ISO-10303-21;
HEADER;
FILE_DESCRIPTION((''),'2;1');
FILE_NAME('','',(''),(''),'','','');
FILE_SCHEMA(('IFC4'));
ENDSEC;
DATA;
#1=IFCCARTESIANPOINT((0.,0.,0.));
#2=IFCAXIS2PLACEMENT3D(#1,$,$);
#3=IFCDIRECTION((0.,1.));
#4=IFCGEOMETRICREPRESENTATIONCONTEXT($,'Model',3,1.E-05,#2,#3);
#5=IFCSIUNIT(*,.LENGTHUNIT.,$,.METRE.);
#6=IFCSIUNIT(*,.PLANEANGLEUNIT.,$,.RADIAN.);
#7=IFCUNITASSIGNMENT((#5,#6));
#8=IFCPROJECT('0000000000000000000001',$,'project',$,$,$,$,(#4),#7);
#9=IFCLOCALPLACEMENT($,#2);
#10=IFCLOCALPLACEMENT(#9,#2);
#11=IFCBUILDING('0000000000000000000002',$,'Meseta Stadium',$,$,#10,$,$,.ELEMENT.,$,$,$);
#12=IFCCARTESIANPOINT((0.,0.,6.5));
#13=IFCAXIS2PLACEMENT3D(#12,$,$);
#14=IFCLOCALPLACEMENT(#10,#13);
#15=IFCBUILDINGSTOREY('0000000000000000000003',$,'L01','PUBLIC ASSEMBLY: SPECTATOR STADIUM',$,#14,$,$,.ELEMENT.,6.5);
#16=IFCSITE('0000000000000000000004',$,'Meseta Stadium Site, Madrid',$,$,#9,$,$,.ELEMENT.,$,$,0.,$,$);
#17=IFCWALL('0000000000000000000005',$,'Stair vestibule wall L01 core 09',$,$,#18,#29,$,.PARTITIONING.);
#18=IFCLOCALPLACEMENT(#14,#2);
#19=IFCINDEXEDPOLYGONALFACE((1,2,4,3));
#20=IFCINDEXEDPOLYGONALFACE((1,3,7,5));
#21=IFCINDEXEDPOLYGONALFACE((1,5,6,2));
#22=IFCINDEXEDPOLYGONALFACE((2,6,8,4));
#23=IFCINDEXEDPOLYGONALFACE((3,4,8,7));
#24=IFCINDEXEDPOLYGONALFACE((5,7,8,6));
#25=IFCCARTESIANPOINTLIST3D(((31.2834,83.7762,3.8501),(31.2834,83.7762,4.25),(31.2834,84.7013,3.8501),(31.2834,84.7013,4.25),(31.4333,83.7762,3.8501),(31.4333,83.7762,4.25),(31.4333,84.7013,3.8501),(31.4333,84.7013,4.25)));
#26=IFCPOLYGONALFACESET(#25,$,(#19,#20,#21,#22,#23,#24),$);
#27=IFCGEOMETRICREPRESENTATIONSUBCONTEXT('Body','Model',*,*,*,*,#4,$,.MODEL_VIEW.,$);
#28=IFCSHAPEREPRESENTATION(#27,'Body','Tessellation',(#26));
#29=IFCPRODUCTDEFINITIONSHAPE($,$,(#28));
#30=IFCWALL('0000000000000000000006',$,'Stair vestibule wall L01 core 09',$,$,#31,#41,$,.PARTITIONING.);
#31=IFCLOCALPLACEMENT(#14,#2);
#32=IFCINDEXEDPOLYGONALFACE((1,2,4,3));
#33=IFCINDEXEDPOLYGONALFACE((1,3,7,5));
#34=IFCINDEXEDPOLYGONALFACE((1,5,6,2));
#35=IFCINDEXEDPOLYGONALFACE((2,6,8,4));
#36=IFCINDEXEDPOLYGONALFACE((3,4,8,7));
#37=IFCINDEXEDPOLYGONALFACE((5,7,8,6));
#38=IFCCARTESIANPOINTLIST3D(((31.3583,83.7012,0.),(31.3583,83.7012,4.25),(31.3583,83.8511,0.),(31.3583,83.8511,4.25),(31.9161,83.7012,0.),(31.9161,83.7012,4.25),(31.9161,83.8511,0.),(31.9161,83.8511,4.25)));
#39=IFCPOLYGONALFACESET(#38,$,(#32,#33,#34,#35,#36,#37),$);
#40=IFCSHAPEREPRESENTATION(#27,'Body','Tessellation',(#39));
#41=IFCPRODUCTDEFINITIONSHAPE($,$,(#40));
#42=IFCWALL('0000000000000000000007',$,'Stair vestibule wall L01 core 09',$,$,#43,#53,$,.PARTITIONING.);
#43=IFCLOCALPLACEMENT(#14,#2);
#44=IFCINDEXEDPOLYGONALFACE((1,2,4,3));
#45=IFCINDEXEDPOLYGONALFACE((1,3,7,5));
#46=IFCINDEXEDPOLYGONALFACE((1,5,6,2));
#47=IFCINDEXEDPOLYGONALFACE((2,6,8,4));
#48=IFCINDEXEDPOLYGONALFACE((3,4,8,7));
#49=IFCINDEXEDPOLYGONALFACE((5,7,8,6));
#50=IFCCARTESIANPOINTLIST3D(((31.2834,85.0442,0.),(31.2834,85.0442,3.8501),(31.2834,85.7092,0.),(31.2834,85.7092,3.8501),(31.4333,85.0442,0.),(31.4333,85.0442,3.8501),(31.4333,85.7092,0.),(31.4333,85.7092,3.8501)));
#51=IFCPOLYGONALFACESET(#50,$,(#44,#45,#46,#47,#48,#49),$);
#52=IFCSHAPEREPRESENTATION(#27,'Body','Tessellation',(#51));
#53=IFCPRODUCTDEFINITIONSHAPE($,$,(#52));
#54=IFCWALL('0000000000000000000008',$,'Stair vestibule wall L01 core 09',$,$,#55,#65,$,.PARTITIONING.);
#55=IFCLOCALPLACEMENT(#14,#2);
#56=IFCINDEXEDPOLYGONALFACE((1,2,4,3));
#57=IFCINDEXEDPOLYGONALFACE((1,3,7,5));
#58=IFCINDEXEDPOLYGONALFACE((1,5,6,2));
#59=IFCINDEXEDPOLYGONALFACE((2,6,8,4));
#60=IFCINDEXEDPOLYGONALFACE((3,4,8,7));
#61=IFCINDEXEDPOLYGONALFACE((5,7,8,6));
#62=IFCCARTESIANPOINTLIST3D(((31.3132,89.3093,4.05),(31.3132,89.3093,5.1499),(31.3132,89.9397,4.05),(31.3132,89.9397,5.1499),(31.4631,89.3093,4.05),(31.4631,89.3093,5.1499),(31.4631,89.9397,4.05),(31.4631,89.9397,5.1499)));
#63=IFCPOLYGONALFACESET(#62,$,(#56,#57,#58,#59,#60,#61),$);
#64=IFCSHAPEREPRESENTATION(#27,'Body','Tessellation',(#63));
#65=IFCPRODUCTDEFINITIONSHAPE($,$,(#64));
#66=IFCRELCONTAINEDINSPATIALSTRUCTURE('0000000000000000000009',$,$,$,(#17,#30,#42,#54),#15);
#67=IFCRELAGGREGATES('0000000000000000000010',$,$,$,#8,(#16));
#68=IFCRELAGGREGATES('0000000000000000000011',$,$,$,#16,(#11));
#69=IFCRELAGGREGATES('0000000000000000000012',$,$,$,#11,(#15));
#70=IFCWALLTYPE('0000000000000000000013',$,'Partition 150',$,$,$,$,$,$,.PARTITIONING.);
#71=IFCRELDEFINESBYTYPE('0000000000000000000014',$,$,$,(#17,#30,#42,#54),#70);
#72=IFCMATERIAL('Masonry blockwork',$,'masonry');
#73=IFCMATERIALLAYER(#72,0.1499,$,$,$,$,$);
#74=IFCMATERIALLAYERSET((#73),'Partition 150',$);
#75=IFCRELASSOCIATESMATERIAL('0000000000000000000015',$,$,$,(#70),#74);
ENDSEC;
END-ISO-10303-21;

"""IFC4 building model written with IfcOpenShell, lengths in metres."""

from ifc_helpers import new_model, si_unit, direction, frame, frame_2d, origin, place, context, subcontext, project, spatial, rectangle, extrude, material, layer, layer_set, type_object, element, save


model = new_model("IFC4")

# Units and contexts
model_context = context("Model", 3, precision=1e-05, world=origin(), true_north=direction((0.0, 1.0)))
body_context = subcontext(model_context, "Body", "Model", "MODEL_VIEW")
ifc_project = project(units=[si_unit("LENGTHUNIT", "METRE"), si_unit("PLANEANGLEUNIT", "RADIAN")], contexts=[model_context])

# Site, building, storey
site_placement = place(None, origin())
site = spatial("IfcSite", under=ifc_project, at=site_placement, Name="Meseta Stadium Site, Madrid", CompositionType="ELEMENT", RefElevation=0.0)
building_placement = place(site_placement, origin())
building = spatial("IfcBuilding", under=site, at=building_placement, Name="Meseta Stadium", CompositionType="ELEMENT")
storey_placement = place(building_placement, frame((0.0, 0.0, 6.5)))
storey = spatial("IfcBuildingStorey", under=building, at=storey_placement, Name="L01", Description="PUBLIC ASSEMBLY: SPECTATOR STADIUM", CompositionType="ELEMENT", Elevation=6.5)

# Shared definitions
ifc_material_1 = material(Name="Masonry blockwork", Category="masonry")
ifc_layer_1 = layer(ifc_material_1, 0.1499)
ifc_layer_set_1 = layer_set([ifc_layer_1], Name="Partition 150")
wall_type_1 = type_object("IfcWallType", Name="Partition 150", PredefinedType="PARTITIONING", material=ifc_layer_set_1)

# Walls
wall_1_placement = place(storey_placement, frame((31.3584, 84.7012, 3.8501), z_axis=(0.0, 0.0, 1.0), x_axis=(0.0, -1.0, 0.0)))
element("IfcWall", 1, at=wall_1_placement, inside=storey, type_object=wall_type_1, Name="Stair vestibule wall L01 core 09", PredefinedType="PARTITIONING", context=body_context, shape_type="SweptSolid", body=[
    extrude(rectangle(XDim=0.925, YDim=0.1499, at=frame_2d((0.4624, 0.0))), origin(), (0.0, 0.0, 1.0), 0.3999),
])
wall_2_placement = place(storey_placement, frame((31.3584, 83.7761, 0.0), z_axis=(0.0, 0.0, 1.0), x_axis=(1.0, 0.0, 0.0)))
element("IfcWall", 2, at=wall_2_placement, inside=storey, type_object=wall_type_1, Name="Stair vestibule wall L01 core 09", PredefinedType="PARTITIONING", context=body_context, shape_type="SweptSolid", body=[
    extrude(rectangle(XDim=0.5579, YDim=0.1499, at=frame_2d((0.2788, 0.0))), origin(), (0.0, 0.0, 1.0), 4.25),
])
wall_3_placement = place(storey_placement, frame((31.3584, 85.7092, 0.0), z_axis=(0.0, 0.0, 1.0), x_axis=(0.0, -1.0, 0.0)))
element("IfcWall", 3, at=wall_3_placement, inside=storey, type_object=wall_type_1, Name="Stair vestibule wall L01 core 09", PredefinedType="PARTITIONING", context=body_context, shape_type="SweptSolid", body=[
    extrude(rectangle(XDim=0.665, YDim=0.1499, at=frame_2d((0.3325, 0.0))), origin(), (0.0, 0.0, 1.0), 3.8501),
])
wall_4_placement = place(storey_placement, frame((31.3882, 89.9397, 4.05), z_axis=(0.0, 0.0, 1.0), x_axis=(0.0, -1.0, 0.0)))
element("IfcWall", 4, at=wall_4_placement, inside=storey, type_object=wall_type_1, Name="Stair vestibule wall L01 core 09", PredefinedType="PARTITIONING", context=body_context, shape_type="SweptSolid", body=[
    extrude(rectangle(XDim=0.6304, YDim=0.1499, at=frame_2d((0.3152, 0.0))), origin(), (0.0, 0.0, 1.0), 1.0999),
])

save(model, "model.ifc")
